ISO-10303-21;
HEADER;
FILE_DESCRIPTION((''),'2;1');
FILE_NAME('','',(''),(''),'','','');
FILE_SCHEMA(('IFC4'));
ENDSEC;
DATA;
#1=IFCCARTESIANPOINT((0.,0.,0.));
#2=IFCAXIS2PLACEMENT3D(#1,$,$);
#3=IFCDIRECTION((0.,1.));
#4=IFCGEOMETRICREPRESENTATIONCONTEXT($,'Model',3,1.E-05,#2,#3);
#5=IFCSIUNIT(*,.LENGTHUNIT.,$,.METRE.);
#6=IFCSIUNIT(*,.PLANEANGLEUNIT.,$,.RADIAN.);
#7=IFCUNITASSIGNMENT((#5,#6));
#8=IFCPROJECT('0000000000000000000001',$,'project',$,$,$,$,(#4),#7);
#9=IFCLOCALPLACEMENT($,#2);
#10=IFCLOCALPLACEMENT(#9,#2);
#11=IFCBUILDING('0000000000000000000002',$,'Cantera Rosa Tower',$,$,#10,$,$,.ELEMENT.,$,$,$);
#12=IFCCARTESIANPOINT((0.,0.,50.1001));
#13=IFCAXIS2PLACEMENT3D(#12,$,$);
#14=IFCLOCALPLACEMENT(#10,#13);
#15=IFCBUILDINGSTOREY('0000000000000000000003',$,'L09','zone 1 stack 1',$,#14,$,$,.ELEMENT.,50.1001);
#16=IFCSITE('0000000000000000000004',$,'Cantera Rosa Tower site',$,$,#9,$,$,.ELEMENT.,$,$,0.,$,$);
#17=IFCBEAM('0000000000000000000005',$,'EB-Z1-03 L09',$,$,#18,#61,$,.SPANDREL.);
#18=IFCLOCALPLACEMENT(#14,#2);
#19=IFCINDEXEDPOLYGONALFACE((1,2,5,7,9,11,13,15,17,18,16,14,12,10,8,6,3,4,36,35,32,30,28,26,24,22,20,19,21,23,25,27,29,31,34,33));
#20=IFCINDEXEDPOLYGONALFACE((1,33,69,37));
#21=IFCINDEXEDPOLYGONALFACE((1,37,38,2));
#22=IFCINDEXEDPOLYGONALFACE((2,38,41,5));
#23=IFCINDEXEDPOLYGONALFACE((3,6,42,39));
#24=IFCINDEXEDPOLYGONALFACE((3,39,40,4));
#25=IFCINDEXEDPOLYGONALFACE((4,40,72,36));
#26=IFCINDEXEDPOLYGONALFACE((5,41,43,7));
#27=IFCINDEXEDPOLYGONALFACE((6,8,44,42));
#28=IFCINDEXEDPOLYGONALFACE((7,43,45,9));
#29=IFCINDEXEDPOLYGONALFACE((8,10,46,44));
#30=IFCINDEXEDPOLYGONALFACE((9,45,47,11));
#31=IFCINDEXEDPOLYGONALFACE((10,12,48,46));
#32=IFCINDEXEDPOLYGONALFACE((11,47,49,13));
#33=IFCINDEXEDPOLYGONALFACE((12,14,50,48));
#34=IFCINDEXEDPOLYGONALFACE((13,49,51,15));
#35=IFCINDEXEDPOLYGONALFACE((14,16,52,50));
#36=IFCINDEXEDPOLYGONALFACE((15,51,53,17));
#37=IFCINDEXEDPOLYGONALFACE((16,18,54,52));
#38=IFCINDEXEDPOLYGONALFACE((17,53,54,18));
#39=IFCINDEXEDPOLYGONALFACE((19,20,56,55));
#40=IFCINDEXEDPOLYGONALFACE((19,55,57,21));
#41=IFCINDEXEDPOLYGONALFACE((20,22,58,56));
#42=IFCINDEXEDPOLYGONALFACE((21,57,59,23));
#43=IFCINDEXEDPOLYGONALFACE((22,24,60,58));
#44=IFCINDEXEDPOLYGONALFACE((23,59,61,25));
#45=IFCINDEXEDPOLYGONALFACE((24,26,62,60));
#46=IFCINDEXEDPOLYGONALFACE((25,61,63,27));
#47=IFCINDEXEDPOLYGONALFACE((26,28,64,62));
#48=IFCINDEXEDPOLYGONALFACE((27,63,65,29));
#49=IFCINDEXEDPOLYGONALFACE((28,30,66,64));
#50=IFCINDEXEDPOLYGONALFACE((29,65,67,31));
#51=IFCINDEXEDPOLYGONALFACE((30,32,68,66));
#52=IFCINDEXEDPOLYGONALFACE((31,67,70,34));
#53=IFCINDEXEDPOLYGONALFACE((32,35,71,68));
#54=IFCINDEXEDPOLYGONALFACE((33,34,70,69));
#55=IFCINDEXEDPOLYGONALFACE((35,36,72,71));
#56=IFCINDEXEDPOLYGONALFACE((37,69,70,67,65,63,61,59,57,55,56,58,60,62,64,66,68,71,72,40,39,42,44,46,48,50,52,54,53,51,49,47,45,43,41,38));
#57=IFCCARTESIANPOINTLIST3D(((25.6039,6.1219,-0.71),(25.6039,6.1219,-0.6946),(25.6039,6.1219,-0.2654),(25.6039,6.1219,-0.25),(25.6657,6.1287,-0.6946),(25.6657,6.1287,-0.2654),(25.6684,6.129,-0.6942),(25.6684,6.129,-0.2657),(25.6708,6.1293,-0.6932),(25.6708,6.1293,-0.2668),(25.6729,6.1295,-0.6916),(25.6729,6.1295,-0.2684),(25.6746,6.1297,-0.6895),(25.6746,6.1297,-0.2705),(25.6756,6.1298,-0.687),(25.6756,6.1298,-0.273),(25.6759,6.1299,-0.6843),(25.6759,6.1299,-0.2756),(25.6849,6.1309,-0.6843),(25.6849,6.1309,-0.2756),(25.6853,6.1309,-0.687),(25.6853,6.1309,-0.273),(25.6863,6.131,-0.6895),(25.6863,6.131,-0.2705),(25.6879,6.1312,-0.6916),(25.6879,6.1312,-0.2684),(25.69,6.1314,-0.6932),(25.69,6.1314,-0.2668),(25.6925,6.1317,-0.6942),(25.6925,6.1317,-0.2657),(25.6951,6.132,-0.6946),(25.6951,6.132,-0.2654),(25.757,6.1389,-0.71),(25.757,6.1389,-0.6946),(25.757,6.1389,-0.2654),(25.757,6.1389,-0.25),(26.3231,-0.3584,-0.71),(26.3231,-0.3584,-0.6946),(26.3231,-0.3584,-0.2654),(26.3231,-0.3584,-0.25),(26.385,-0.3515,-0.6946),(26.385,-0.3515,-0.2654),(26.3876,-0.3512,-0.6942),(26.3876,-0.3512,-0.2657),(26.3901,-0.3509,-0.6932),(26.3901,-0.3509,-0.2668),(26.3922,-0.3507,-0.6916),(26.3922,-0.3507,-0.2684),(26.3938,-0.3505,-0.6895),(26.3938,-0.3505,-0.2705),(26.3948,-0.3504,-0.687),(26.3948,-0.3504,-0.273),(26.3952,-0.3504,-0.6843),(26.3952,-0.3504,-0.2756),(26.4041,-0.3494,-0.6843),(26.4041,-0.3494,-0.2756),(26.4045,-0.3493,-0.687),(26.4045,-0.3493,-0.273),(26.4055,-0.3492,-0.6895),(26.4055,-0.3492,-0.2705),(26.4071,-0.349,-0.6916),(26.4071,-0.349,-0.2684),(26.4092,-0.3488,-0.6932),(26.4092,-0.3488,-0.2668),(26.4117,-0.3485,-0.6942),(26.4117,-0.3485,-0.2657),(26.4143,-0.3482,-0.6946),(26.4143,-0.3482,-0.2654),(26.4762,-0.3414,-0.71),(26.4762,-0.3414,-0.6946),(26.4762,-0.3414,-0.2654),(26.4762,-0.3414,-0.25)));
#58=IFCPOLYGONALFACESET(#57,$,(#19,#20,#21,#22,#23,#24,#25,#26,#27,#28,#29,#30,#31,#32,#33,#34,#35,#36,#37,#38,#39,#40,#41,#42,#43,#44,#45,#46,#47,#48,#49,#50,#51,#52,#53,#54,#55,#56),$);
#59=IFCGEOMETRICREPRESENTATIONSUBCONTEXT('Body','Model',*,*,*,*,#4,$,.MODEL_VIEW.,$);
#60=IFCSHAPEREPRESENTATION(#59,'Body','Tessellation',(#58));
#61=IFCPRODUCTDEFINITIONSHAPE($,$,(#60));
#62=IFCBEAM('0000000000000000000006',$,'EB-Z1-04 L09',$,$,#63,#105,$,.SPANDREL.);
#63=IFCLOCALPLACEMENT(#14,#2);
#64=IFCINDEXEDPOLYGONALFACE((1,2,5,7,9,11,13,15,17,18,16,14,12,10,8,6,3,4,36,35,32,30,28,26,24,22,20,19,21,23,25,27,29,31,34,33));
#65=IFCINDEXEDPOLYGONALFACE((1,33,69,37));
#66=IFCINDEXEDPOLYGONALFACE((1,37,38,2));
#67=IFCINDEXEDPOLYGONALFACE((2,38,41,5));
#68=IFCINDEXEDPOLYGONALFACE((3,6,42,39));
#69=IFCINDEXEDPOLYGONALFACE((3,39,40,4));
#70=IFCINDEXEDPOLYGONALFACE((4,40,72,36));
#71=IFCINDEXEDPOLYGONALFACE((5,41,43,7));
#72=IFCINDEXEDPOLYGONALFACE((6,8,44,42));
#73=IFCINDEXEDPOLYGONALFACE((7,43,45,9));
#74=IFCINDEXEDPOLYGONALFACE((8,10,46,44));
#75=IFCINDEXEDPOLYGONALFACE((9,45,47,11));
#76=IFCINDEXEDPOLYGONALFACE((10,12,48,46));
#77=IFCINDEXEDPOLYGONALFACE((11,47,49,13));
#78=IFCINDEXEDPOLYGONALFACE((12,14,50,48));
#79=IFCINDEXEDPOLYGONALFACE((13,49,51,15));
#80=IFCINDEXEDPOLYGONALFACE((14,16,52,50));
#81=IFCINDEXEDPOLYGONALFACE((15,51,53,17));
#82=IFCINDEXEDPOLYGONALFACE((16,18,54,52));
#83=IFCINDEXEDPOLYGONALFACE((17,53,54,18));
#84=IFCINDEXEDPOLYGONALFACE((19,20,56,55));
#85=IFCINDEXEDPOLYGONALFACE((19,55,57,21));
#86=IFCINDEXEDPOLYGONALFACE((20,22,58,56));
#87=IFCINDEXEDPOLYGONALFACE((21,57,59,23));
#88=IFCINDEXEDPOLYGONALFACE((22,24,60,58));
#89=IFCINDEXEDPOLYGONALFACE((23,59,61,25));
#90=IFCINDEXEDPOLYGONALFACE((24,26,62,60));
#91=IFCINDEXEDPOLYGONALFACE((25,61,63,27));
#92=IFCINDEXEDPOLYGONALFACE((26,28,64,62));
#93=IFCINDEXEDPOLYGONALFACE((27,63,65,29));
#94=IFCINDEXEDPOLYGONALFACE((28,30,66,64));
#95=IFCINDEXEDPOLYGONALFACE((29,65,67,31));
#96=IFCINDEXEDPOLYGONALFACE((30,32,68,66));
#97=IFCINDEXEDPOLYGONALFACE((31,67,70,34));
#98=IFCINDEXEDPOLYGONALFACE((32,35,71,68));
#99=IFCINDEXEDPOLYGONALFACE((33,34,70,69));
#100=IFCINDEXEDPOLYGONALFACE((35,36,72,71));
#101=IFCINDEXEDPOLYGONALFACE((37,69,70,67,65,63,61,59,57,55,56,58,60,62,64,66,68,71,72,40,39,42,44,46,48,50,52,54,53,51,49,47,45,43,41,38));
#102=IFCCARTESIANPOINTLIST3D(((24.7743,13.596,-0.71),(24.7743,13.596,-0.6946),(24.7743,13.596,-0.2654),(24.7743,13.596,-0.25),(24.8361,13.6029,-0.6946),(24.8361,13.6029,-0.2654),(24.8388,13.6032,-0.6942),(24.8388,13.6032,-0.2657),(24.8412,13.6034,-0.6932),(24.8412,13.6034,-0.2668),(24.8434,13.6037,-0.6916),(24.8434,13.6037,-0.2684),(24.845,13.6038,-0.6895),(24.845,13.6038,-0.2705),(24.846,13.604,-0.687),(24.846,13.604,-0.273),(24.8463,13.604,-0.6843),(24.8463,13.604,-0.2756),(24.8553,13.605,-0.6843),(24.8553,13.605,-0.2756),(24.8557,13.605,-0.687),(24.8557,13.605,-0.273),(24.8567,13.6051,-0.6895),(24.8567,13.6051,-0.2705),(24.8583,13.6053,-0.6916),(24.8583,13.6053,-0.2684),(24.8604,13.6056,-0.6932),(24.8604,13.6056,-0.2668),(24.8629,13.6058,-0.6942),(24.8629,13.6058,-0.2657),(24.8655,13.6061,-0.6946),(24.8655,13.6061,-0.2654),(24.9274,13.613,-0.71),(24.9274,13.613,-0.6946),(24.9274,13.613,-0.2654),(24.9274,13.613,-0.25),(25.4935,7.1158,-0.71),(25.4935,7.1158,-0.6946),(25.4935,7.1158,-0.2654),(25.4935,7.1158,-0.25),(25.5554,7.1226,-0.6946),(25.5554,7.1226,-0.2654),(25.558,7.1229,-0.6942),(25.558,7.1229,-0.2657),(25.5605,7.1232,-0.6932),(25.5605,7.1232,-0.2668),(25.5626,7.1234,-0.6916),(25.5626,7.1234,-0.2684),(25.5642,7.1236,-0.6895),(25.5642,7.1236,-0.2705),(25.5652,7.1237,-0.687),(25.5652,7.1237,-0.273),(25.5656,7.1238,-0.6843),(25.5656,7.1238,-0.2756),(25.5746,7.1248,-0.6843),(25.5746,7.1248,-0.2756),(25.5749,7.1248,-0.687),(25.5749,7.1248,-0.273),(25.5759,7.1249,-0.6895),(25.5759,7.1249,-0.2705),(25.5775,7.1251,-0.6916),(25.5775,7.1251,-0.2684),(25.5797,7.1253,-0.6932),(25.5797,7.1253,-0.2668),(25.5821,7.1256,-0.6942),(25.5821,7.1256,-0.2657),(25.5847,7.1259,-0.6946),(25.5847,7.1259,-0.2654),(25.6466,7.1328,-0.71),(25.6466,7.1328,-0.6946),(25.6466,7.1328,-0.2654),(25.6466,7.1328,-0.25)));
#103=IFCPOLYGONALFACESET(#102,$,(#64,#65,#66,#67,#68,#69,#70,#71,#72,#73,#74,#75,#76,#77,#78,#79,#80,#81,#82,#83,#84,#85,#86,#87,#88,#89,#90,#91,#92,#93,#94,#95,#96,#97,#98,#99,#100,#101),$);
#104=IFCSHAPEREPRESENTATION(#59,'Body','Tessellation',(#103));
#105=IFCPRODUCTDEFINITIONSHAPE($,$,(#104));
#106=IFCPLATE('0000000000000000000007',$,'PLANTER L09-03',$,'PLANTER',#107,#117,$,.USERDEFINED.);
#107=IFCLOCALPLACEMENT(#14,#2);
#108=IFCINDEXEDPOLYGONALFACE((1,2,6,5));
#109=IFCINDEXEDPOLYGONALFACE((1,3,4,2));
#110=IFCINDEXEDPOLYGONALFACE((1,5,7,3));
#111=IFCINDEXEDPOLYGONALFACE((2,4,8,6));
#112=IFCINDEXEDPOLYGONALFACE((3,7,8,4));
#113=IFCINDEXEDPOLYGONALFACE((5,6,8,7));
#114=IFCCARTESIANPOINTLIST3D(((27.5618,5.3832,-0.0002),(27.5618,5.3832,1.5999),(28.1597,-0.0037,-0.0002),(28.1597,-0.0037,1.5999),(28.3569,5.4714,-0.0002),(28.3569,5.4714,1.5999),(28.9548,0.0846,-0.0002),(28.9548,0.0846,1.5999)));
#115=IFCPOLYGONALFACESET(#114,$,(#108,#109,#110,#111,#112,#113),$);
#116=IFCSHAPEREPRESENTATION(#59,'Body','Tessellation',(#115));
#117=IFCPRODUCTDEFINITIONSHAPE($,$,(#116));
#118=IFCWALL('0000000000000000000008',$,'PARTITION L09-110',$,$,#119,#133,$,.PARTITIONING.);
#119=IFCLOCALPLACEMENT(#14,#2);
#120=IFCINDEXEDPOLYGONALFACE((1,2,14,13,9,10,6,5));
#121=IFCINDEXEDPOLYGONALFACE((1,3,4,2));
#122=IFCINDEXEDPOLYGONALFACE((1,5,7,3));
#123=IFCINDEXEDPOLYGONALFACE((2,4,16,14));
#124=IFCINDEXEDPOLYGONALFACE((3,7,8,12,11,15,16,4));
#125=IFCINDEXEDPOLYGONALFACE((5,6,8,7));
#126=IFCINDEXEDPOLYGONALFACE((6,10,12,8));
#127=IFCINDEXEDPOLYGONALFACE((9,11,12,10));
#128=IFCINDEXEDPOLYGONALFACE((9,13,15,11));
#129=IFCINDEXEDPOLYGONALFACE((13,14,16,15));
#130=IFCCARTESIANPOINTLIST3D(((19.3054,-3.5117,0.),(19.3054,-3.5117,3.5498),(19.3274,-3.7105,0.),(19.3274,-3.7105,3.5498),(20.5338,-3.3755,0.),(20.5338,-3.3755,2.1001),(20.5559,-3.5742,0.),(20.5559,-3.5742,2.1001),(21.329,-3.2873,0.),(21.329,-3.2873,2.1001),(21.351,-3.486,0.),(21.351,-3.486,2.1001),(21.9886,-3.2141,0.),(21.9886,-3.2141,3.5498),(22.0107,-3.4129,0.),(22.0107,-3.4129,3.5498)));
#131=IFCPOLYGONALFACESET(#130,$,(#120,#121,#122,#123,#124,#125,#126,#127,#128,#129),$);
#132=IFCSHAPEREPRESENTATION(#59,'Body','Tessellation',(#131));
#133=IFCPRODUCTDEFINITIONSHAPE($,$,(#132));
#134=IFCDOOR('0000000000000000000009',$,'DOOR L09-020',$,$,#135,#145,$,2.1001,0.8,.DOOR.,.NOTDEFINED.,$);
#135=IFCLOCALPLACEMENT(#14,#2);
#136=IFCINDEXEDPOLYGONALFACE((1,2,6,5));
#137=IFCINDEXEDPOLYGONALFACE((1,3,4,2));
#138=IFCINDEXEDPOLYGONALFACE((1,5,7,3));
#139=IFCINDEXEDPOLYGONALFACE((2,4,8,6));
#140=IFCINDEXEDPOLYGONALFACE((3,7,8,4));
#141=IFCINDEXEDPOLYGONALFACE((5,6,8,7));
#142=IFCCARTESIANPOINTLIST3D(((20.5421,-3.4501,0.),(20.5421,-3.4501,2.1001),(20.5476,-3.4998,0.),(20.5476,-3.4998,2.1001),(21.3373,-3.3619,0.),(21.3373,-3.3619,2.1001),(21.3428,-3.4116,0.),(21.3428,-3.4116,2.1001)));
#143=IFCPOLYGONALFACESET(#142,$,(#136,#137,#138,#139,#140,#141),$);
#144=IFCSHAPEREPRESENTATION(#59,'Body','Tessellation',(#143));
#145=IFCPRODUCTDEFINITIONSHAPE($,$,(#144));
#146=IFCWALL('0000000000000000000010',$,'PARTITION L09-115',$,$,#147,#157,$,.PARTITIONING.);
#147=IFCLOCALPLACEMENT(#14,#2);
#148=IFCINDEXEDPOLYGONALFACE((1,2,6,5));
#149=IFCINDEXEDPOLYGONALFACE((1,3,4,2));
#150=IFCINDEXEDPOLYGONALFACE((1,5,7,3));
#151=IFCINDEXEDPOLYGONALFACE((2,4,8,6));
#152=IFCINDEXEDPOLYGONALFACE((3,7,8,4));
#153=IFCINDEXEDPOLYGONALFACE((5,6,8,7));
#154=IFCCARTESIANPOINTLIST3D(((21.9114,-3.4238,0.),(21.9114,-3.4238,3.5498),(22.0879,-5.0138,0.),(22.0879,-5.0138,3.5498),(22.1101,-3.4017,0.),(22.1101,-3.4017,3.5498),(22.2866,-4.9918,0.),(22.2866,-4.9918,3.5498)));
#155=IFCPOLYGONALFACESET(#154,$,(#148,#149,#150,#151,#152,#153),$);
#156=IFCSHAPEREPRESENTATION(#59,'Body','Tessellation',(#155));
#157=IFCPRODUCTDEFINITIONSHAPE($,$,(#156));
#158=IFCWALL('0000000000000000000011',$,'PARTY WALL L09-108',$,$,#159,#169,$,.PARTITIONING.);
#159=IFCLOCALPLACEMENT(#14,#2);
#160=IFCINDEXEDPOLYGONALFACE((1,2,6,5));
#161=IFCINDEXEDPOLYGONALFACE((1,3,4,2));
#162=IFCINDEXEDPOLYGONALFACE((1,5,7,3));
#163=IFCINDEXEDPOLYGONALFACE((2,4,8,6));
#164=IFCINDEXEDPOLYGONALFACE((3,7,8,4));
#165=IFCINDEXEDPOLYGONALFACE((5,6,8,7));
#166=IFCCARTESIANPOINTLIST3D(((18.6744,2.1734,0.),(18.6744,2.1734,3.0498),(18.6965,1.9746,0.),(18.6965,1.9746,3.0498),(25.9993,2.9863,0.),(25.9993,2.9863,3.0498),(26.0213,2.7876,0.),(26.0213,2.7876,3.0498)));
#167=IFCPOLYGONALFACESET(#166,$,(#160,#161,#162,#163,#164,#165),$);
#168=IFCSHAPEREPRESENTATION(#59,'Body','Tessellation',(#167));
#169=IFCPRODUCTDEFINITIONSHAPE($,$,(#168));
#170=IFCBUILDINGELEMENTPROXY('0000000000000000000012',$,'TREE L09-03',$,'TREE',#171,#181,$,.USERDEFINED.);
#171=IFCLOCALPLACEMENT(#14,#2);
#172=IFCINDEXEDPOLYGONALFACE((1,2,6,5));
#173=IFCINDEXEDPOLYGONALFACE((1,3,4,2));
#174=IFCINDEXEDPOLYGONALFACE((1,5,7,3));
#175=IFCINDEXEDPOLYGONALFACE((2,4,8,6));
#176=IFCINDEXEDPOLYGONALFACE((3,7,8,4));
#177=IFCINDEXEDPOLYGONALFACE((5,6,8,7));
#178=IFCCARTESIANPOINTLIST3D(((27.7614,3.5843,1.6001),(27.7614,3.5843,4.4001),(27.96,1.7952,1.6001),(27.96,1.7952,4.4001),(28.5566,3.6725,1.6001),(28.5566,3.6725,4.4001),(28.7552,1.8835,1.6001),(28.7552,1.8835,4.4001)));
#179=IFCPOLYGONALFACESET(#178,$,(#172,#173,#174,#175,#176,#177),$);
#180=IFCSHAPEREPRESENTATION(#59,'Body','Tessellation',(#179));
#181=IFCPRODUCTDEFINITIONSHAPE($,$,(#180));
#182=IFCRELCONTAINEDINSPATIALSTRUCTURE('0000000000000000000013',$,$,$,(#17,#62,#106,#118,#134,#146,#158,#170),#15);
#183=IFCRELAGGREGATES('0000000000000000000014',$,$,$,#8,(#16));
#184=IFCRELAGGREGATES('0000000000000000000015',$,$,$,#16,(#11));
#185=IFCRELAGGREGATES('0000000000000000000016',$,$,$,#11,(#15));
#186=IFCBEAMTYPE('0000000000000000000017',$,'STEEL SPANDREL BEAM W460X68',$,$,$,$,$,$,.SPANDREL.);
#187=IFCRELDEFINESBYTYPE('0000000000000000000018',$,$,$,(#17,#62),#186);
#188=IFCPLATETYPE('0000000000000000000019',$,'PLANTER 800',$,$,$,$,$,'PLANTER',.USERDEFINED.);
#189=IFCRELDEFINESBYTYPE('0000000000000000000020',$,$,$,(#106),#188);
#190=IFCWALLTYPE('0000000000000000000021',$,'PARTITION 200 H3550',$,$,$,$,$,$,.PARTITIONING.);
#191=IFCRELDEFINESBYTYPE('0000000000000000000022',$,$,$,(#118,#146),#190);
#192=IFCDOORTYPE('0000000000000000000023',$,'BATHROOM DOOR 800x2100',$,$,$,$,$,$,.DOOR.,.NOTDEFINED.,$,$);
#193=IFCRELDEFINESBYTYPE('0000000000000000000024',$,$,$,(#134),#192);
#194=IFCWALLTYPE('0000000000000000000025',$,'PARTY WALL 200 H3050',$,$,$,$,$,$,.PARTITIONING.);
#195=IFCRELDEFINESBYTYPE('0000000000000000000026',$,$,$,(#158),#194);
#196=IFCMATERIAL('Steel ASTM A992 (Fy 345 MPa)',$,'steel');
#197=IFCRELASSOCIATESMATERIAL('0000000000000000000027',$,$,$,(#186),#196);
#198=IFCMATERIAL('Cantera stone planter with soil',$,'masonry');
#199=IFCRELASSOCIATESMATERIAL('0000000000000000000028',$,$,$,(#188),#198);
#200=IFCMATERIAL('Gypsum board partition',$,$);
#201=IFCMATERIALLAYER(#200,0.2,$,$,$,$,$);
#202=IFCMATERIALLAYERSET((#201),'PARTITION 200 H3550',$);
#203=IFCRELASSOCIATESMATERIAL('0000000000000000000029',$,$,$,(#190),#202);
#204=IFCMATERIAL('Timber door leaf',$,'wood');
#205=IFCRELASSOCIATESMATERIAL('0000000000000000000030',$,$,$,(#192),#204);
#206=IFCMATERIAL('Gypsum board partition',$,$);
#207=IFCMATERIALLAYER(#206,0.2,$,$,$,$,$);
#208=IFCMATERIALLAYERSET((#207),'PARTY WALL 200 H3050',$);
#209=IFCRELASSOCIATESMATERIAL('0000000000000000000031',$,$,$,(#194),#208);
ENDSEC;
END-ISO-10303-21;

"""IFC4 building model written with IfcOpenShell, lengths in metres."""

from ifc_helpers import new_model, si_unit, direction, frame, frame_2d, origin, origin_2d, place, context, subcontext, project, spatial, rectangle, i_section, extrude, material, layer, layer_set, material_profile, profile_set, type_object, element, fill, save


model = new_model("IFC4")

# Units and contexts
model_context = context("Model", 3, precision=1e-05, world=origin(), true_north=direction((0.0, 1.0)))
body_context = subcontext(model_context, "Body", "Model", "MODEL_VIEW")
ifc_project = project(units=[si_unit("LENGTHUNIT", "METRE"), si_unit("PLANEANGLEUNIT", "RADIAN")], contexts=[model_context])

# Site, building, storey
site_placement = place(None, origin())
site = spatial("IfcSite", under=ifc_project, at=site_placement, Name="Cantera Rosa Tower site", CompositionType="ELEMENT", RefElevation=0.0)
building_placement = place(site_placement, origin())
building = spatial("IfcBuilding", under=site, at=building_placement, Name="Cantera Rosa Tower", CompositionType="ELEMENT")
storey_placement = place(building_placement, frame((0.0, 0.0, 50.1001)))
storey = spatial("IfcBuildingStorey", under=building, at=storey_placement, Name="L09", Description="zone 1 stack 1", CompositionType="ELEMENT", Elevation=50.1001)

# Beams
ifc_material_1 = material(Name="Steel ASTM A992 (Fy 345 MPa)", Category="steel")
ifc_material_profile_1 = material_profile(ifc_material_1, i_section(OverallWidth=0.1541, OverallDepth=0.46, WebThickness=0.009, FlangeThickness=0.0154, FilletRadius=0.0103, at=origin_2d()), Name="W460X68")
ifc_profile_set_1 = profile_set([ifc_material_profile_1], Name="Steel ASTM A992 (Fy 345 MPa)")
beam_type_1 = type_object("IfcBeamType", Name="STEEL SPANDREL BEAM W460X68", PredefinedType="SPANDREL", material=ifc_profile_set_1)
for number, where, z_axis, x_axis, name in (
    (1, (26.3997, -0.3499, -0.48), (-0.110312, 0.993897, 0.0), (-0.993897, -0.110312, 0.0), "EB-Z1-03 L09"),
    (2, (25.5701, 7.1243, -0.48), (-0.110312, 0.993897, 0.0), (-0.993897, -0.110312, 0.0), "EB-Z1-04 L09"),
):
    element("IfcBeam", number, at=place(storey_placement, frame(where, z_axis=z_axis, x_axis=x_axis)), inside=storey, type_object=beam_type_1, Name=name, PredefinedType="SPANDREL", context=body_context, shape_type="SweptSolid", body=[
        extrude(i_section(OverallWidth=0.1541, OverallDepth=0.46, WebThickness=0.009, FlangeThickness=0.0154, FilletRadius=0.0103, at=origin_2d()), origin(), (0.0, 0.0, 1.0), 6.52),
    ])

# Plate
ifc_material_2 = material(Name="Cantera stone planter with soil", Category="masonry")
plate_type = type_object("IfcPlateType", Name="PLANTER 800", ElementType="PLANTER", PredefinedType="USERDEFINED", material=ifc_material_2)
plate_placement = place(storey_placement, frame((28.2583, 2.7339, -0.0002), z_axis=(0.0, 0.0, 1.0), x_axis=(-0.110313, 0.993897, 0.0)))
element("IfcPlate", 3, at=plate_placement, inside=storey, type_object=plate_type, Name="PLANTER L09-03", ObjectType="PLANTER", PredefinedType="USERDEFINED", context=body_context, shape_type="SweptSolid", body=[
    extrude(rectangle(XDim=5.4199, YDim=0.8, at=origin_2d()), origin(), (0.0, 0.0, 1.0), 1.6001),
])

# Wall, opening, door
ifc_material_3 = material(Name="Gypsum board partition")
ifc_layer_1 = layer(ifc_material_3, 0.2)
ifc_layer_set_1 = layer_set([ifc_layer_1], Name="PARTITION 200 H3550")
wall_type_1 = type_object("IfcWallType", Name="PARTITION 200 H3550", PredefinedType="PARTITIONING", material=ifc_layer_set_1)
wall_1_placement = place(storey_placement, frame((19.3164, -3.6111, 0.0), z_axis=(0.0, 0.0, 1.0), x_axis=(0.993906, 0.110233, 0.0)))
wall_1 = element("IfcWall", 4, at=wall_1_placement, inside=storey, type_object=wall_type_1, Name="PARTITION L09-110", PredefinedType="PARTITIONING", context=body_context, shape_type="SweptSolid", body=[
    extrude(rectangle(XDim=2.6997, YDim=0.2, at=frame_2d((1.3499, 0.0))), origin(), (0.0, 0.0, 1.0), 3.5498),
])
opening_1_placement = place(wall_1_placement, frame((1.2361, 0.0, 0.0)))
opening_1 = element("IfcOpeningElement", 5, at=opening_1_placement, cuts=wall_1, PredefinedType="OPENING", context=body_context, shape_type="SweptSolid", body=[
    extrude(rectangle(XDim=0.8, YDim=2.1001, at=frame_2d((0.3999, 1.05))), frame((0.0, 0.1099, 0.0), z_axis=(0.0, -1.0, 0.0), x_axis=(1.0, 0.0, 0.0)), (0.0, 0.0, 1.0), 0.22),
])
ifc_material_4 = material(Name="Timber door leaf", Category="wood")
door_type_1 = type_object("IfcDoorType", Name="BATHROOM DOOR 800x2100", OperationType="NOTDEFINED", PredefinedType="DOOR", material=ifc_material_4)
door_1_placement = place(opening_1_placement, origin())
door_1 = element("IfcDoor", 6, at=door_1_placement, inside=storey, type_object=door_type_1, Name="DOOR L09-020", OperationType="NOTDEFINED", OverallHeight=2.1001, OverallWidth=0.8, PredefinedType="DOOR", context=body_context, shape_type="SweptSolid", body=[
    extrude(rectangle(XDim=0.8, YDim=2.1001, at=frame_2d((0.3999, 1.05))), frame((0.0, 0.0249, 0.0), z_axis=(0.0, -1.0, 0.0), x_axis=(1.0, 0.0, 0.0)), (0.0, 0.0, 1.0), 0.05),
])
fill(opening_1, door_1)

# Walls
wall_2_placement = place(storey_placement, frame((22.0107, -3.4128, 0.0), z_axis=(0.0, 0.0, 1.0), x_axis=(0.110331, -0.993895, 0.0)))
element("IfcWall", 7, at=wall_2_placement, inside=storey, type_object=wall_type_1, Name="PARTITION L09-115", PredefinedType="PARTITIONING", context=body_context, shape_type="SweptSolid", body=[
    extrude(rectangle(XDim=1.5999, YDim=0.2, at=frame_2d((0.7998, 0.0))), origin(), (0.0, 0.0, 1.0), 3.5498),
])
ifc_material_5 = material(Name="Gypsum board partition")
ifc_layer_2 = layer(ifc_material_5, 0.2)
ifc_layer_set_2 = layer_set([ifc_layer_2], Name="PARTY WALL 200 H3050")
wall_type_2 = type_object("IfcWallType", Name="PARTY WALL 200 H3050", PredefinedType="PARTITIONING", material=ifc_layer_set_2)
wall_3_placement = place(storey_placement, frame((18.6853, 2.074, 0.0), z_axis=(0.0, 0.0, 1.0), x_axis=(0.993897, 0.110312, 0.0)))
element("IfcWall", 8, at=wall_3_placement, inside=storey, type_object=wall_type_2, Name="PARTY WALL L09-108", PredefinedType="PARTITIONING", context=body_context, shape_type="SweptSolid", body=[
    extrude(rectangle(XDim=7.3699, YDim=0.2, at=frame_2d((3.6851, 0.0))), origin(), (0.0, 0.0, 1.0), 3.0498),
])

# Building element proxy
proxy_placement = place(storey_placement, frame((28.2583, 2.7339, 1.6001), z_axis=(0.0, 0.0, 1.0), x_axis=(-0.110313, 0.993897, 0.0)))
element("IfcBuildingElementProxy", 9, at=proxy_placement, inside=storey, Name="TREE L09-03", ObjectType="TREE", PredefinedType="USERDEFINED", context=body_context, shape_type="SweptSolid", body=[
    extrude(rectangle(XDim=1.8, YDim=0.8, at=origin_2d()), origin(), (0.0, 0.0, 1.0), 2.8),
])

save(model, "model.ifc")
